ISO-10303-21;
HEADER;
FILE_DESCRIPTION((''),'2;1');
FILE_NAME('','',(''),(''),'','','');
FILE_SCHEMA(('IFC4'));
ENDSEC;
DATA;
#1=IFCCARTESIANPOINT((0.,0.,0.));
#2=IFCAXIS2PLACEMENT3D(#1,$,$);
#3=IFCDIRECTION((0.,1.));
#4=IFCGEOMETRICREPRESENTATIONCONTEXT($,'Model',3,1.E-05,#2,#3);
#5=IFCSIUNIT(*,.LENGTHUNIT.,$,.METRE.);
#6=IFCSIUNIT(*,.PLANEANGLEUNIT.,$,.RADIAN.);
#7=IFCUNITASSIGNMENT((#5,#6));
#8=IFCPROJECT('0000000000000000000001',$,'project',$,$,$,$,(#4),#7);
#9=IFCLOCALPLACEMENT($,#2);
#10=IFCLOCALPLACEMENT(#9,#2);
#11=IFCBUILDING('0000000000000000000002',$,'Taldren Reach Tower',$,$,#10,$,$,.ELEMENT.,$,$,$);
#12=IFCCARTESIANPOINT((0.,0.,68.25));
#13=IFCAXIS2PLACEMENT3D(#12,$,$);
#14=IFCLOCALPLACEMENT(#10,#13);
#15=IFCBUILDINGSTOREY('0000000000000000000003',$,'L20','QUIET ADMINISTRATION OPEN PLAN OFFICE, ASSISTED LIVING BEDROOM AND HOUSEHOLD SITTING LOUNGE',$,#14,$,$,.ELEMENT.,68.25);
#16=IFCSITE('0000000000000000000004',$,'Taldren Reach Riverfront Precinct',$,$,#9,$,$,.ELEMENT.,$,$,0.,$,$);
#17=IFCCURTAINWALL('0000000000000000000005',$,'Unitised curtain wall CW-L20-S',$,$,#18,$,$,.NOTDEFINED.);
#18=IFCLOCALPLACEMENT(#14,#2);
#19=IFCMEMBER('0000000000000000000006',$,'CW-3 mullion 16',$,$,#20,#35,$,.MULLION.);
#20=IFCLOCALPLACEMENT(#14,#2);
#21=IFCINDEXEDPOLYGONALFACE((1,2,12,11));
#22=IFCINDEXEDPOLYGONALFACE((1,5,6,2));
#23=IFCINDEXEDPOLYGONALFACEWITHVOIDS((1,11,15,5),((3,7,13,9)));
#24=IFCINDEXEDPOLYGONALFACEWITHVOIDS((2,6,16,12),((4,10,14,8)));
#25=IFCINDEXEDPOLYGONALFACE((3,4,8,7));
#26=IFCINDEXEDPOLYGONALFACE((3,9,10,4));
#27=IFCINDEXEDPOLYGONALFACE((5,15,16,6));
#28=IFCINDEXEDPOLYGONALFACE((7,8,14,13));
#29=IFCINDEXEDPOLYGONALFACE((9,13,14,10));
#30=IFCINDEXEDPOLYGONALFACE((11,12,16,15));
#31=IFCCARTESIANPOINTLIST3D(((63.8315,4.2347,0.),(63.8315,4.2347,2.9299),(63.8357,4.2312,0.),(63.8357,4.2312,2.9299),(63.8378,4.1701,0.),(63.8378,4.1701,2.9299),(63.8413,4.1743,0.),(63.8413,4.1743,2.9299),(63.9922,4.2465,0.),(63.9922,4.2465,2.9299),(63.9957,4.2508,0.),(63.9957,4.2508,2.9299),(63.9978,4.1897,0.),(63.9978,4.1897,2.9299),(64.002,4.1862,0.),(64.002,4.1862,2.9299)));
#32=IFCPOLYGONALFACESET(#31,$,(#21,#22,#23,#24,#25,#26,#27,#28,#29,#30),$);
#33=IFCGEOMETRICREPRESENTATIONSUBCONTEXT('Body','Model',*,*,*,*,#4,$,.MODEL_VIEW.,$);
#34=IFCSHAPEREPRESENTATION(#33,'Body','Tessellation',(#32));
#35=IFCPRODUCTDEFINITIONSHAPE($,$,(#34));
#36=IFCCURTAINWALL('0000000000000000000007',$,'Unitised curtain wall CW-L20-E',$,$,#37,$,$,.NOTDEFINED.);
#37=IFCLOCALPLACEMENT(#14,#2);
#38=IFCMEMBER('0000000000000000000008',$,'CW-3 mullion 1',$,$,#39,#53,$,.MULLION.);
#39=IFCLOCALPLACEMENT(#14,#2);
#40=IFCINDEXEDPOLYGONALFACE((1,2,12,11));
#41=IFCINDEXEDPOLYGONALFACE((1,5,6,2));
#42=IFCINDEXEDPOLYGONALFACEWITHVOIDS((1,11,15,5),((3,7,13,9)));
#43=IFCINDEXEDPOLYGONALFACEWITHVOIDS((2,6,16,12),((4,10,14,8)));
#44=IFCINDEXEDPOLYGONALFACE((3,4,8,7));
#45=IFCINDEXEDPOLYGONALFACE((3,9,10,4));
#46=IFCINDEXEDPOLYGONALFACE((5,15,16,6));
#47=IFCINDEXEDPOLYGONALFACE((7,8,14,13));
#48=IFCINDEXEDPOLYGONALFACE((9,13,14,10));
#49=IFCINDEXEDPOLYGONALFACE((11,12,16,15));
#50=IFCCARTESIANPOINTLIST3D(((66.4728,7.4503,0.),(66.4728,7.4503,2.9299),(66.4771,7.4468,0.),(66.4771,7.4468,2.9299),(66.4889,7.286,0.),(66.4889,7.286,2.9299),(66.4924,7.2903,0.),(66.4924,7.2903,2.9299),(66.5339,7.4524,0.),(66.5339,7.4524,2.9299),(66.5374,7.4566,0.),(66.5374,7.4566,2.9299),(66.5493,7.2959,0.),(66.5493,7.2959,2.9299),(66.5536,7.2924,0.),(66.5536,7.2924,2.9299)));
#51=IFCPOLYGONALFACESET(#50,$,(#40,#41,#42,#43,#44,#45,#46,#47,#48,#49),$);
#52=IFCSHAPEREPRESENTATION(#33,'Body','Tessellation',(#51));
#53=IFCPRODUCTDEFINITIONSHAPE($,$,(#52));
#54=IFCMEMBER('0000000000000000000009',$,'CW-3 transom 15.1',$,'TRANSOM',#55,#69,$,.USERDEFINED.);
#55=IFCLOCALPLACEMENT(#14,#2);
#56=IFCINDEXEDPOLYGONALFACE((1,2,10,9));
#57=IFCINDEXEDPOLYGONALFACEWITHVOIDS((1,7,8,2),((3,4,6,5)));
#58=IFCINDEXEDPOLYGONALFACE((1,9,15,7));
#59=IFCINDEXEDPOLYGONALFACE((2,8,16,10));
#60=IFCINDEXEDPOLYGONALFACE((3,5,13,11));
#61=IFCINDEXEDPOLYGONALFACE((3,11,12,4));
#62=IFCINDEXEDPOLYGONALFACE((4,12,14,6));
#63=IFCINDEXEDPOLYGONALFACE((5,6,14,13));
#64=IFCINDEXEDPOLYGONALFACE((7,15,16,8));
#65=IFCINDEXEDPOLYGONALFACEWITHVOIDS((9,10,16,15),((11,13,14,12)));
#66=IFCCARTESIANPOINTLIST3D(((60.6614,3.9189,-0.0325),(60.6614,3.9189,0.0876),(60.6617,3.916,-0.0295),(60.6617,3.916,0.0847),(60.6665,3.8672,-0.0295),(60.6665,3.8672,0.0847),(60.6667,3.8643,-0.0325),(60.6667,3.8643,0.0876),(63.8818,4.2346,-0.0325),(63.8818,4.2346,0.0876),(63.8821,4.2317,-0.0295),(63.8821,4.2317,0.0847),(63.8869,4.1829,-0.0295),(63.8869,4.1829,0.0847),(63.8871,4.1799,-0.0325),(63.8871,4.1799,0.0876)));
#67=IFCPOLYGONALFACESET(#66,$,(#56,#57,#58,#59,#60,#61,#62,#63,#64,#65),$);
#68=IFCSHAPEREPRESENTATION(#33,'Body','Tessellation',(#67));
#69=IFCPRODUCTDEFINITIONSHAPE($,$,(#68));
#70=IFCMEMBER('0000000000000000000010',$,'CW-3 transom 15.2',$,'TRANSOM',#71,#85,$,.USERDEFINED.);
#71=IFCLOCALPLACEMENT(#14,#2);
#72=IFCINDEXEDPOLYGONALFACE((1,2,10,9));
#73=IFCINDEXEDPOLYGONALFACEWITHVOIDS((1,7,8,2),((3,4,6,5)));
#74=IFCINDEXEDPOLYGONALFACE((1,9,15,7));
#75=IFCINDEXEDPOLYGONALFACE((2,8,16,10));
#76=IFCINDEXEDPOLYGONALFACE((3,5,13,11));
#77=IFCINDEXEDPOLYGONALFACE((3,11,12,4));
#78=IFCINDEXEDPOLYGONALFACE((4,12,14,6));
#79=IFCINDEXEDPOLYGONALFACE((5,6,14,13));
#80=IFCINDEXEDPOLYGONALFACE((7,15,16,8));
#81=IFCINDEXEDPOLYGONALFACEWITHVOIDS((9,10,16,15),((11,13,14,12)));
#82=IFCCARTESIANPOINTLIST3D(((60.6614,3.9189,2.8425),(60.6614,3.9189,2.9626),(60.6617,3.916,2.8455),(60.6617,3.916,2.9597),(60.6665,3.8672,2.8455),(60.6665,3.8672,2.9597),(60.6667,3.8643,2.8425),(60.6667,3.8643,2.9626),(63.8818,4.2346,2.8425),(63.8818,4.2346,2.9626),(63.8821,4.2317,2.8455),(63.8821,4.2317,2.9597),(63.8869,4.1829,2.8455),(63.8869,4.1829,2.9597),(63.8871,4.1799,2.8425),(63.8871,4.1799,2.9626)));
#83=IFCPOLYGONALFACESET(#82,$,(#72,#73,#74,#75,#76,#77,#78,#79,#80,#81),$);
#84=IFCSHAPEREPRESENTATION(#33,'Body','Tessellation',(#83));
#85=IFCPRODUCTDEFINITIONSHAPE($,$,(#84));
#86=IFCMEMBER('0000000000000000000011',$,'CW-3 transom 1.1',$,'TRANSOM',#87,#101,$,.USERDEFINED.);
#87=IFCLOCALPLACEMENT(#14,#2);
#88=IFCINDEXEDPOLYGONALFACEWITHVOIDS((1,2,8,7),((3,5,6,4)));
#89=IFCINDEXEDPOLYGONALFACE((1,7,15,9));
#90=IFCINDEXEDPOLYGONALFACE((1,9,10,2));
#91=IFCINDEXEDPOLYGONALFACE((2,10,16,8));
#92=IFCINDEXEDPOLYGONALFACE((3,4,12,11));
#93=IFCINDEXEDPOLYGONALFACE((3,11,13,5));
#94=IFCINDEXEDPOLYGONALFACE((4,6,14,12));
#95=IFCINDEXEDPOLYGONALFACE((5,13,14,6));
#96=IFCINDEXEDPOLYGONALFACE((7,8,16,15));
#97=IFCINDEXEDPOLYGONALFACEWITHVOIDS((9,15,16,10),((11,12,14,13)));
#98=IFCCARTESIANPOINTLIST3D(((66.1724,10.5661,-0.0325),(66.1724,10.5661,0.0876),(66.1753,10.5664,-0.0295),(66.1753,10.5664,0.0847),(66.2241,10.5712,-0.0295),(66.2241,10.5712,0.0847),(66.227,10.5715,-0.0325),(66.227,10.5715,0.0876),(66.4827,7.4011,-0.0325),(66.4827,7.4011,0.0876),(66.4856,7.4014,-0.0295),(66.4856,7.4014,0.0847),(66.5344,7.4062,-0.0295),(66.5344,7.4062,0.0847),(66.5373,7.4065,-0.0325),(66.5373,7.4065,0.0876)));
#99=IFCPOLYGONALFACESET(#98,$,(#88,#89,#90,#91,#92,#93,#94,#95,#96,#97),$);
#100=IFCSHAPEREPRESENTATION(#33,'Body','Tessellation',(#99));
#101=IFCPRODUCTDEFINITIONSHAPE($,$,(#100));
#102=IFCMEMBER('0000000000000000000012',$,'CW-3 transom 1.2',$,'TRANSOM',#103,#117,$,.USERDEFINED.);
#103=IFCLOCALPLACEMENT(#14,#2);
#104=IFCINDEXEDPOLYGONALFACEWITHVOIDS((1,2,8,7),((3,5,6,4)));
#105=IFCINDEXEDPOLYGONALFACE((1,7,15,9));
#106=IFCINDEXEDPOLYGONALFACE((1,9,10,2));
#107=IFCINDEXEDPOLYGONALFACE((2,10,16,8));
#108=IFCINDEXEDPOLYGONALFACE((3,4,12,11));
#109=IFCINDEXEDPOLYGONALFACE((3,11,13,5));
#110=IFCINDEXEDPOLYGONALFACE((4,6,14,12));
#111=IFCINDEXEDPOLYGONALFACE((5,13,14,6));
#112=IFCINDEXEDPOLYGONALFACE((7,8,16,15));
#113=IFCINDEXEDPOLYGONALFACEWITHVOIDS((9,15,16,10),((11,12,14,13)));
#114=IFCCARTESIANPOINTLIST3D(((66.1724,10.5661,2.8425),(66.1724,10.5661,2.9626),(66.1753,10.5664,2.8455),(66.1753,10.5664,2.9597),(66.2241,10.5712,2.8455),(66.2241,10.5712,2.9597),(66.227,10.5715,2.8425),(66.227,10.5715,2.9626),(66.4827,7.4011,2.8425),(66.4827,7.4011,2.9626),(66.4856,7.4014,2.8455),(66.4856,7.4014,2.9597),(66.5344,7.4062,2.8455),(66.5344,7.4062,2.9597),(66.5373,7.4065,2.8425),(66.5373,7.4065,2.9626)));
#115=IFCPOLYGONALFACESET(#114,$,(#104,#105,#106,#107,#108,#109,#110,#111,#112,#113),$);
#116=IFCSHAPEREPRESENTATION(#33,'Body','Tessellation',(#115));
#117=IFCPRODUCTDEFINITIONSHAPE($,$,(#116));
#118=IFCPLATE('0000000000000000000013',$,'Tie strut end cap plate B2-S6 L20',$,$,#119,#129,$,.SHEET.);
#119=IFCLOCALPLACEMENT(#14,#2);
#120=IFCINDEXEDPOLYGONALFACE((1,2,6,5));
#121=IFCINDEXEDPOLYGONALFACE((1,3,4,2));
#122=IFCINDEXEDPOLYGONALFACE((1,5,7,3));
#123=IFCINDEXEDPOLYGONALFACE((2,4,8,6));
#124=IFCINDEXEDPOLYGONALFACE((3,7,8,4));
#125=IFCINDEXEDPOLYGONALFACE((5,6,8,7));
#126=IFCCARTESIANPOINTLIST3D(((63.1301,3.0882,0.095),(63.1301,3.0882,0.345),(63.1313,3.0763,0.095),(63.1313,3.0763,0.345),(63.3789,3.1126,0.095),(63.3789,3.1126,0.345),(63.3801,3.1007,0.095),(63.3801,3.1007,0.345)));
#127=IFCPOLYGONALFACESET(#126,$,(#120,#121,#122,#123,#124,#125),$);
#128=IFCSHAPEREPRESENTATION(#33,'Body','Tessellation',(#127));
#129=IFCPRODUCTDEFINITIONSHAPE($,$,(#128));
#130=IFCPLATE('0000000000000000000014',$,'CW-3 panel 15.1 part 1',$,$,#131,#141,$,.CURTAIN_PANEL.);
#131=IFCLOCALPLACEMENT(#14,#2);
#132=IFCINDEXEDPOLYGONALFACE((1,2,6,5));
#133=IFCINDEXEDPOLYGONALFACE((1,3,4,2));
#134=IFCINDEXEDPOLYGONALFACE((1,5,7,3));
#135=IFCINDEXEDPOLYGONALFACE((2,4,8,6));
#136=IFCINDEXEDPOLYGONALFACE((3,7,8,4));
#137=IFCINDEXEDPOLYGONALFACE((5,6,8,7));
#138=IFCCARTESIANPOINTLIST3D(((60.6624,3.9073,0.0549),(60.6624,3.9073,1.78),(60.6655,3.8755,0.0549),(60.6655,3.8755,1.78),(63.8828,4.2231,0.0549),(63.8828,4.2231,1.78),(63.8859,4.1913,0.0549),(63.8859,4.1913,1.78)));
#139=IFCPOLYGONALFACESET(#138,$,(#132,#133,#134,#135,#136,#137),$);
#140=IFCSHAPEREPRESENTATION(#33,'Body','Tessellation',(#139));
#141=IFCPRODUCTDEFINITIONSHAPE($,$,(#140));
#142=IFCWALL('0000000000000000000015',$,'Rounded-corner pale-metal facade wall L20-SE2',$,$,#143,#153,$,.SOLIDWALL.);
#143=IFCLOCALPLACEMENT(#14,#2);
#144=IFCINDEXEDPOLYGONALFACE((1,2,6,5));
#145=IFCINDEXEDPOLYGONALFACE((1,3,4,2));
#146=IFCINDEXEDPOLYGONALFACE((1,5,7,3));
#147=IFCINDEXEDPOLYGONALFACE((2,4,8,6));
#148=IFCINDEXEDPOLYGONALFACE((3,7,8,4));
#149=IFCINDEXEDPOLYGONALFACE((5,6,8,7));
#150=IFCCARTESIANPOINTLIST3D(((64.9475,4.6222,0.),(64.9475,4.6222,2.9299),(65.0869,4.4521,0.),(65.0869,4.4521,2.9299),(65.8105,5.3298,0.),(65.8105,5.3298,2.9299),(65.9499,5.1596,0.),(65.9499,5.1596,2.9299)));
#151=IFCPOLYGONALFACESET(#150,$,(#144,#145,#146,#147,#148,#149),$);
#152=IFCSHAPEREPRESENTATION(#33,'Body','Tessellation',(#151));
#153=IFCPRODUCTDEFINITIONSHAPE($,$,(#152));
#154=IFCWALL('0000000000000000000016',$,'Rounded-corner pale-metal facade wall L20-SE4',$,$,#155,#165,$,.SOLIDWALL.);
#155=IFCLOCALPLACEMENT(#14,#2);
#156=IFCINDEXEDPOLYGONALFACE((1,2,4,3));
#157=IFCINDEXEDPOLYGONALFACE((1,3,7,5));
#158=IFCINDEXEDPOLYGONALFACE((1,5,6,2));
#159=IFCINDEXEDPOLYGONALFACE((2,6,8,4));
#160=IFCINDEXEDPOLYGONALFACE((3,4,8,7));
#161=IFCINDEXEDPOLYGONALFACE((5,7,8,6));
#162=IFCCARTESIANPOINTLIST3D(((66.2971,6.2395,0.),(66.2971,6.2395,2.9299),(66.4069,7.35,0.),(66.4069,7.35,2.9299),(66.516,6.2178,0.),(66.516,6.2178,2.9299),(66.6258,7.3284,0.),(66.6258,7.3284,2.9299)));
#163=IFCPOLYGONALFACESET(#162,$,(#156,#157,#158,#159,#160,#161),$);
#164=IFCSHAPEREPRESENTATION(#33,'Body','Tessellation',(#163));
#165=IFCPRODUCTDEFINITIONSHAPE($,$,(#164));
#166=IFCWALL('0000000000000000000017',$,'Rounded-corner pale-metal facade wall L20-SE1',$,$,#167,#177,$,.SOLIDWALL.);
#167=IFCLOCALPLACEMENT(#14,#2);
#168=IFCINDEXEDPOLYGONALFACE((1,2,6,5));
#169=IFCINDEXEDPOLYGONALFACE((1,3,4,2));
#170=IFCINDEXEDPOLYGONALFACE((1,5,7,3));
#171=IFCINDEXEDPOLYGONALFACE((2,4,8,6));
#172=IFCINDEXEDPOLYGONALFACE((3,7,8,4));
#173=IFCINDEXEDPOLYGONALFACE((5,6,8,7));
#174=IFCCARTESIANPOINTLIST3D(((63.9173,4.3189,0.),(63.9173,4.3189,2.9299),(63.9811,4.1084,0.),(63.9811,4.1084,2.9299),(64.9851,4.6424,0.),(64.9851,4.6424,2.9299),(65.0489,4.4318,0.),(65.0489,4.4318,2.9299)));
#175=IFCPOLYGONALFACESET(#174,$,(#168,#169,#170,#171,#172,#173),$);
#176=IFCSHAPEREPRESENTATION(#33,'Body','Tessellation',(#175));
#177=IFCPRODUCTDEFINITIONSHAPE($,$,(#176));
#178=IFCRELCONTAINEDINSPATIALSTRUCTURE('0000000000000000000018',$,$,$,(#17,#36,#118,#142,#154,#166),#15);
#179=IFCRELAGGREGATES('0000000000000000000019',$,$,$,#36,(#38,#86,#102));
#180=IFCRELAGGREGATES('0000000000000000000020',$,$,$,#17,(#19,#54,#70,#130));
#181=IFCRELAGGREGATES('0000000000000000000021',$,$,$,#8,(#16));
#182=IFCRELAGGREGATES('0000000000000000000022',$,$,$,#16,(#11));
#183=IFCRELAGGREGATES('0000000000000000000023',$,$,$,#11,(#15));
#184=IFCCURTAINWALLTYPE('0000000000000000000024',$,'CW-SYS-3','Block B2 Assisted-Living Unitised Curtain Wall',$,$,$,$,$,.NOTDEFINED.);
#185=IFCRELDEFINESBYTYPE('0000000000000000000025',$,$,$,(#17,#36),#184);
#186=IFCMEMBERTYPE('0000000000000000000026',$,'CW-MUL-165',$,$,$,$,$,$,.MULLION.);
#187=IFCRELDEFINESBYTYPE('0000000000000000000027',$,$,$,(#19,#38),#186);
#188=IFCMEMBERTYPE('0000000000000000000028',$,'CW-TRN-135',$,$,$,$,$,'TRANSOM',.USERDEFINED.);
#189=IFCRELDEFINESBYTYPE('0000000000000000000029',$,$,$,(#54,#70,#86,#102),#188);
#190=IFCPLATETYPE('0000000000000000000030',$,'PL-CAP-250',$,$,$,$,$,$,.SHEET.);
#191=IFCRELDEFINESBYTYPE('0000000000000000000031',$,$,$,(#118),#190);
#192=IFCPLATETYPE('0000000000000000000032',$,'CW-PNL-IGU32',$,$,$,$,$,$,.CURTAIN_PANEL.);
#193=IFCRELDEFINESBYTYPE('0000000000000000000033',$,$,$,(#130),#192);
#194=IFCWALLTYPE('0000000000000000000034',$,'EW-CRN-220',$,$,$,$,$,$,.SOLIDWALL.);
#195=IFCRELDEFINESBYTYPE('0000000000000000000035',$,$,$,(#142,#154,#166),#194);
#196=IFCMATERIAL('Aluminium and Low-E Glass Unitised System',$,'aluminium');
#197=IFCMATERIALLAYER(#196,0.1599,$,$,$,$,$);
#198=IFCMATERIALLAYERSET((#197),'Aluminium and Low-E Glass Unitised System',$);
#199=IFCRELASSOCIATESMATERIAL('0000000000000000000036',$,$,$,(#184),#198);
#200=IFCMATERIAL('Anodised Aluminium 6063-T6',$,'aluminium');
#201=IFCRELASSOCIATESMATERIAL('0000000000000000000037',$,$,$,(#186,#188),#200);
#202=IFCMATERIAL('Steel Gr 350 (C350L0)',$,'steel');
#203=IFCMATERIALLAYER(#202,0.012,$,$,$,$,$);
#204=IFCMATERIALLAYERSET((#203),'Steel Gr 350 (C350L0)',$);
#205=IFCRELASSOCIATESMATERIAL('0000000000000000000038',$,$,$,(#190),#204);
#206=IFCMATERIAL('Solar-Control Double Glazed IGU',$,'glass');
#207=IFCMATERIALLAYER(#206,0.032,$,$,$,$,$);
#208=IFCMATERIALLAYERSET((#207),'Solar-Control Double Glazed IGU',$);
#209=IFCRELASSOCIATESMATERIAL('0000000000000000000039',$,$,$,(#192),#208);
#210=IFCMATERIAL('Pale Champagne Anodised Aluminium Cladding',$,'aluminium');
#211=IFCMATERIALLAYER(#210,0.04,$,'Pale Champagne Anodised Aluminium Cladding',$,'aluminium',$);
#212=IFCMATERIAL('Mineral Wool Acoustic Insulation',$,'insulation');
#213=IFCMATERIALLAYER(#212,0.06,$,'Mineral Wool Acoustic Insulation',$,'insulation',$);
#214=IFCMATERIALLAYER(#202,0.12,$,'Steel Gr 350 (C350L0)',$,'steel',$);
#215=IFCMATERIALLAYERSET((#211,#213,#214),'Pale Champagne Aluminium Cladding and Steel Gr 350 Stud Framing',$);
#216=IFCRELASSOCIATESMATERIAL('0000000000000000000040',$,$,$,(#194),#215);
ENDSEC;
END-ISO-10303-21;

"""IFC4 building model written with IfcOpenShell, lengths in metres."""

from ifc_helpers import new_model, si_unit, direction, frame, frame_2d, origin, origin_2d, place, context, subcontext, project, spatial, rectangle, hollow_rectangle, extrude, source, transform, mapped, material, layer, layer_set, material_profile, profile_set, type_object, element, aggregate, save


model = new_model("IFC4")

# Units and contexts
model_context = context("Model", 3, precision=1e-05, world=origin(), true_north=direction((0.0, 1.0)))
body_context = subcontext(model_context, "Body", "Model", "MODEL_VIEW")
ifc_project = project(units=[si_unit("LENGTHUNIT", "METRE"), si_unit("PLANEANGLEUNIT", "RADIAN")], contexts=[model_context])

# Site, building, storey
site_placement = place(None, origin())
site = spatial("IfcSite", under=ifc_project, at=site_placement, Name="Taldren Reach Riverfront Precinct", CompositionType="ELEMENT", RefElevation=0.0)
building_placement = place(site_placement, origin())
building = spatial("IfcBuilding", under=site, at=building_placement, Name="Taldren Reach Tower", CompositionType="ELEMENT")
storey_placement = place(building_placement, frame((0.0, 0.0, 68.25)))
storey = spatial("IfcBuildingStorey", under=building, at=storey_placement, Name="L20", Description="QUIET ADMINISTRATION OPEN PLAN OFFICE, ASSISTED LIVING BEDROOM AND HOUSEHOLD SITTING LOUNGE", CompositionType="ELEMENT", Elevation=68.25)

# Shared definitions
ifc_material_1 = material(Name="Steel Gr 350 (C350L0)", Category="steel")

# Curtain wall, member
ifc_material_2 = material(Name="Aluminium and Low-E Glass Unitised System", Category="aluminium")
ifc_layer_1 = layer(ifc_material_2, 0.1599)
ifc_layer_set_1 = layer_set([ifc_layer_1], Name="Aluminium and Low-E Glass Unitised System")
curtain_wall_type = type_object("IfcCurtainWallType", Name="CW-SYS-3", Description="Block B2 Assisted-Living Unitised Curtain Wall", PredefinedType="NOTDEFINED", material=ifc_layer_set_1)
curtain_wall_1_placement = place(storey_placement, origin())
curtain_wall_1 = element("IfcCurtainWall", 1, at=curtain_wall_1_placement, inside=storey, type_object=curtain_wall_type, Name="Unitised curtain wall CW-L20-S", PredefinedType="NOTDEFINED")
ifc_material_3 = material(Name="Anodised Aluminium 6063-T6", Category="aluminium")
ifc_material_profile_1 = material_profile(ifc_material_3, hollow_rectangle(XDim=0.0649, YDim=0.165, WallThickness=0.0039, at=origin_2d()), Name="ALU-165x65x4RHS")
ifc_profile_set_1 = profile_set([ifc_material_profile_1], Name="Anodised Aluminium 6063-T6")
member_type_1 = type_object("IfcMemberType", Name="CW-MUL-165", PredefinedType="MULLION", material=ifc_profile_set_1)
shared_shape_1 = source(origin(), body_context, "Body", "SweptSolid", [
    extrude(hollow_rectangle(XDim=0.0649, YDim=0.165, WallThickness=0.0039, at=origin_2d()), origin(), (0.0, 0.0, 1.0), 2.9299),
])
member_1_placement = place(storey_placement, frame((63.9167, 4.2104, 0.0), z_axis=(0.0, 0.0, 1.0), x_axis=(-0.097583, 0.995227, 0.0)))
member_1 = element("IfcMember", 2, at=member_1_placement, type_object=member_type_1, Name="CW-3 mullion 16", PredefinedType="MULLION", context=body_context, shape_type="MappedRepresentation", body=[
    mapped(shared_shape_1, transform((0.0, 0.0, 0.0), scale=1.0)),
])

# Curtain wall, member
curtain_wall_2_placement = place(storey_placement, origin())
curtain_wall_2 = element("IfcCurtainWall", 3, at=curtain_wall_2_placement, inside=storey, type_object=curtain_wall_type, Name="Unitised curtain wall CW-L20-E", PredefinedType="NOTDEFINED")
member_2_placement = place(storey_placement, frame((66.5132, 7.3713, 0.0), z_axis=(0.0, 0.0, 1.0), x_axis=(-0.995227, -0.097583, 0.0)))
member_2 = element("IfcMember", 4, at=member_2_placement, type_object=member_type_1, Name="CW-3 mullion 1", PredefinedType="MULLION", context=body_context, shape_type="MappedRepresentation", body=[
    mapped(shared_shape_1, transform((0.0, 0.0, 0.0), scale=1.0)),
])

# Members
ifc_material_profile_2 = material_profile(ifc_material_3, hollow_rectangle(XDim=0.0549, YDim=0.1201, WallThickness=0.0029, at=origin_2d()), Name="ALU-120x55x3RHS")
ifc_profile_set_2 = profile_set([ifc_material_profile_2], Name="Anodised Aluminium 6063-T6")
member_type_2 = type_object("IfcMemberType", Name="CW-TRN-135", ElementType="TRANSOM", PredefinedType="USERDEFINED", material=ifc_profile_set_2)
shared_shape_2 = source(origin(), body_context, "Body", "SweptSolid", [
    extrude(hollow_rectangle(XDim=0.0549, YDim=0.1201, WallThickness=0.0029, at=origin_2d()), origin(), (0.0, 0.0, 1.0), 3.2358),
])
member_3_placement = place(storey_placement, frame((60.6641, 3.8916, 0.0276), z_axis=(0.99523, 0.097554, 0.0), x_axis=(-0.097554, 0.99523, 0.0)))
member_3 = element("IfcMember", 5, at=member_3_placement, type_object=member_type_2, Name="CW-3 transom 15.1", ObjectType="TRANSOM", PredefinedType="USERDEFINED", context=body_context, shape_type="MappedRepresentation", body=[
    mapped(shared_shape_2, transform((0.0, 0.0, 0.0), scale=1.0)),
])
member_4_placement = place(storey_placement, frame((60.6641, 3.8916, 2.9026), z_axis=(0.99523, 0.097554, 0.0), x_axis=(-0.097554, 0.99523, 0.0)))
member_4 = element("IfcMember", 6, at=member_4_placement, type_object=member_type_2, Name="CW-3 transom 15.2", ObjectType="TRANSOM", PredefinedType="USERDEFINED", context=body_context, shape_type="MappedRepresentation", body=[
    mapped(shared_shape_2, transform((0.0, 0.0, 0.0), scale=1.0)),
])
shared_shape_3 = source(origin(), body_context, "Body", "SweptSolid", [
    extrude(hollow_rectangle(XDim=0.0549, YDim=0.1201, WallThickness=0.0029, at=origin_2d()), origin(), (0.0, 0.0, 1.0), 3.1802),
])
member_5_placement = place(storey_placement, frame((66.51, 7.4038, 0.0276), z_axis=(-0.097573, 0.995228, 0.0), x_axis=(-0.995228, -0.097573, 0.0)))
member_5 = element("IfcMember", 7, at=member_5_placement, type_object=member_type_2, Name="CW-3 transom 1.1", ObjectType="TRANSOM", PredefinedType="USERDEFINED", context=body_context, shape_type="MappedRepresentation", body=[
    mapped(shared_shape_3, transform((0.0, 0.0, 0.0), scale=1.0)),
])
member_6_placement = place(storey_placement, frame((66.51, 7.4038, 2.9026), z_axis=(-0.097573, 0.995228, 0.0), x_axis=(-0.995228, -0.097573, 0.0)))
member_6 = element("IfcMember", 8, at=member_6_placement, type_object=member_type_2, Name="CW-3 transom 1.2", ObjectType="TRANSOM", PredefinedType="USERDEFINED", context=body_context, shape_type="MappedRepresentation", body=[
    mapped(shared_shape_3, transform((0.0, 0.0, 0.0), scale=1.0)),
])
aggregate(curtain_wall_2, [member_2, member_5, member_6])

# Plates
ifc_layer_2 = layer(ifc_material_1, 0.012)
ifc_layer_set_2 = layer_set([ifc_layer_2], Name="Steel Gr 350 (C350L0)")
plate_type_1 = type_object("IfcPlateType", Name="PL-CAP-250", PredefinedType="SHEET", material=ifc_layer_set_2)
shared_shape_4 = source(origin(), body_context, "Body", "SweptSolid", [
    extrude(rectangle(XDim=0.25, YDim=0.012, at=origin_2d()), origin(), (0.0, 0.0, 1.0), 0.25),
])
plate_1_placement = place(storey_placement, frame((63.2551, 3.0945, 0.095), z_axis=(0.0, 0.0, 1.0), x_axis=(0.995227, 0.097583, 0.0)))
element("IfcPlate", 9, at=plate_1_placement, inside=storey, type_object=plate_type_1, Name="Tie strut end cap plate B2-S6 L20", PredefinedType="SHEET", context=body_context, shape_type="MappedRepresentation", body=[
    mapped(shared_shape_4, transform((0.0, 0.0, 0.0), scale=1.0)),
])
ifc_material_4 = material(Name="Solar-Control Double Glazed IGU", Category="glass")
ifc_layer_3 = layer(ifc_material_4, 0.032)
ifc_layer_set_3 = layer_set([ifc_layer_3], Name="Solar-Control Double Glazed IGU")
plate_type_2 = type_object("IfcPlateType", Name="CW-PNL-IGU32", PredefinedType="CURTAIN_PANEL", material=ifc_layer_set_3)
shared_shape_5 = source(origin(), body_context, "Body", "SweptSolid", [
    extrude(rectangle(XDim=3.2358, YDim=0.032, at=origin_2d()), origin(), (0.0, 0.0, 1.0), 1.7251),
])
plate_2_placement = place(storey_placement, frame((62.2742, 4.0493, 0.0549), z_axis=(0.0, 0.0, 1.0), x_axis=(0.995227, 0.097583, 0.0)))
plate_2 = element("IfcPlate", 10, at=plate_2_placement, type_object=plate_type_2, Name="CW-3 panel 15.1 part 1", PredefinedType="CURTAIN_PANEL", context=body_context, shape_type="MappedRepresentation", body=[
    mapped(shared_shape_5, transform((0.0, 0.0, 0.0), scale=1.0)),
])
aggregate(curtain_wall_1, [member_1, member_3, member_4, plate_2])

# Walls
ifc_material_5 = material(Name="Pale Champagne Anodised Aluminium Cladding", Category="aluminium")
ifc_layer_4 = layer(ifc_material_5, 0.04, Name="Pale Champagne Anodised Aluminium Cladding", Category="aluminium")
ifc_material_6 = material(Name="Mineral Wool Acoustic Insulation", Category="insulation")
ifc_layer_5 = layer(ifc_material_6, 0.06, Name="Mineral Wool Acoustic Insulation", Category="insulation")
ifc_layer_6 = layer(ifc_material_1, 0.12, Name="Steel Gr 350 (C350L0)", Category="steel")
ifc_layer_set_4 = layer_set([ifc_layer_4, ifc_layer_5, ifc_layer_6], Name="Pale Champagne Aluminium Cladding and Steel Gr 350 Stud Framing")
wall_type = type_object("IfcWallType", Name="EW-CRN-220", PredefinedType="SOLIDWALL", material=ifc_layer_set_4)
shared_shape_6 = source(origin(), body_context, "Body", "SweptSolid", [
    extrude(rectangle(XDim=1.116, YDim=0.22, at=frame_2d((0.5581, 0.0))), origin(), (0.0, 0.0, 1.0), 2.9299),
])
for number, where, z_axis, x_axis, name in (
    (11, (65.0171, 4.5371, 0.0), (0.0, 0.0, 1.0), (0.773343, 0.633988, 0.0), "Rounded-corner pale-metal facade wall L20-SE2"),
    (12, (66.4065, 6.2285, 0.0), (0.0, 0.0, 1.0), (0.098442, 0.995143, 0.0), "Rounded-corner pale-metal facade wall L20-SE4"),
):
    element("IfcWall", number, at=place(storey_placement, frame(where, z_axis=z_axis, x_axis=x_axis)), inside=storey, type_object=wall_type, Name=name, PredefinedType="SOLIDWALL", context=body_context, shape_type="MappedRepresentation", body=[
        mapped(shared_shape_6, transform((0.0, 0.0, 0.0), scale=1.0)),
    ])
shared_shape_7 = source(origin(), body_context, "Body", "SweptSolid", [
    extrude(rectangle(XDim=1.1157, YDim=0.22, at=frame_2d((0.5579, 0.0))), origin(), (0.0, 0.0, 1.0), 2.9299),
])
for number, where, z_axis, x_axis, name in (
    (13, (63.9492, 4.2136, 0.0), (0.0, 0.0, 1.0), (0.957052, 0.289916, 0.0), "Rounded-corner pale-metal facade wall L20-SE1"),
):
    element("IfcWall", number, at=place(storey_placement, frame(where, z_axis=z_axis, x_axis=x_axis)), inside=storey, type_object=wall_type, Name=name, PredefinedType="SOLIDWALL", context=body_context, shape_type="MappedRepresentation", body=[
        mapped(shared_shape_7, transform((0.0, 0.0, 0.0), scale=1.0)),
    ])

save(model, "model.ifc")
